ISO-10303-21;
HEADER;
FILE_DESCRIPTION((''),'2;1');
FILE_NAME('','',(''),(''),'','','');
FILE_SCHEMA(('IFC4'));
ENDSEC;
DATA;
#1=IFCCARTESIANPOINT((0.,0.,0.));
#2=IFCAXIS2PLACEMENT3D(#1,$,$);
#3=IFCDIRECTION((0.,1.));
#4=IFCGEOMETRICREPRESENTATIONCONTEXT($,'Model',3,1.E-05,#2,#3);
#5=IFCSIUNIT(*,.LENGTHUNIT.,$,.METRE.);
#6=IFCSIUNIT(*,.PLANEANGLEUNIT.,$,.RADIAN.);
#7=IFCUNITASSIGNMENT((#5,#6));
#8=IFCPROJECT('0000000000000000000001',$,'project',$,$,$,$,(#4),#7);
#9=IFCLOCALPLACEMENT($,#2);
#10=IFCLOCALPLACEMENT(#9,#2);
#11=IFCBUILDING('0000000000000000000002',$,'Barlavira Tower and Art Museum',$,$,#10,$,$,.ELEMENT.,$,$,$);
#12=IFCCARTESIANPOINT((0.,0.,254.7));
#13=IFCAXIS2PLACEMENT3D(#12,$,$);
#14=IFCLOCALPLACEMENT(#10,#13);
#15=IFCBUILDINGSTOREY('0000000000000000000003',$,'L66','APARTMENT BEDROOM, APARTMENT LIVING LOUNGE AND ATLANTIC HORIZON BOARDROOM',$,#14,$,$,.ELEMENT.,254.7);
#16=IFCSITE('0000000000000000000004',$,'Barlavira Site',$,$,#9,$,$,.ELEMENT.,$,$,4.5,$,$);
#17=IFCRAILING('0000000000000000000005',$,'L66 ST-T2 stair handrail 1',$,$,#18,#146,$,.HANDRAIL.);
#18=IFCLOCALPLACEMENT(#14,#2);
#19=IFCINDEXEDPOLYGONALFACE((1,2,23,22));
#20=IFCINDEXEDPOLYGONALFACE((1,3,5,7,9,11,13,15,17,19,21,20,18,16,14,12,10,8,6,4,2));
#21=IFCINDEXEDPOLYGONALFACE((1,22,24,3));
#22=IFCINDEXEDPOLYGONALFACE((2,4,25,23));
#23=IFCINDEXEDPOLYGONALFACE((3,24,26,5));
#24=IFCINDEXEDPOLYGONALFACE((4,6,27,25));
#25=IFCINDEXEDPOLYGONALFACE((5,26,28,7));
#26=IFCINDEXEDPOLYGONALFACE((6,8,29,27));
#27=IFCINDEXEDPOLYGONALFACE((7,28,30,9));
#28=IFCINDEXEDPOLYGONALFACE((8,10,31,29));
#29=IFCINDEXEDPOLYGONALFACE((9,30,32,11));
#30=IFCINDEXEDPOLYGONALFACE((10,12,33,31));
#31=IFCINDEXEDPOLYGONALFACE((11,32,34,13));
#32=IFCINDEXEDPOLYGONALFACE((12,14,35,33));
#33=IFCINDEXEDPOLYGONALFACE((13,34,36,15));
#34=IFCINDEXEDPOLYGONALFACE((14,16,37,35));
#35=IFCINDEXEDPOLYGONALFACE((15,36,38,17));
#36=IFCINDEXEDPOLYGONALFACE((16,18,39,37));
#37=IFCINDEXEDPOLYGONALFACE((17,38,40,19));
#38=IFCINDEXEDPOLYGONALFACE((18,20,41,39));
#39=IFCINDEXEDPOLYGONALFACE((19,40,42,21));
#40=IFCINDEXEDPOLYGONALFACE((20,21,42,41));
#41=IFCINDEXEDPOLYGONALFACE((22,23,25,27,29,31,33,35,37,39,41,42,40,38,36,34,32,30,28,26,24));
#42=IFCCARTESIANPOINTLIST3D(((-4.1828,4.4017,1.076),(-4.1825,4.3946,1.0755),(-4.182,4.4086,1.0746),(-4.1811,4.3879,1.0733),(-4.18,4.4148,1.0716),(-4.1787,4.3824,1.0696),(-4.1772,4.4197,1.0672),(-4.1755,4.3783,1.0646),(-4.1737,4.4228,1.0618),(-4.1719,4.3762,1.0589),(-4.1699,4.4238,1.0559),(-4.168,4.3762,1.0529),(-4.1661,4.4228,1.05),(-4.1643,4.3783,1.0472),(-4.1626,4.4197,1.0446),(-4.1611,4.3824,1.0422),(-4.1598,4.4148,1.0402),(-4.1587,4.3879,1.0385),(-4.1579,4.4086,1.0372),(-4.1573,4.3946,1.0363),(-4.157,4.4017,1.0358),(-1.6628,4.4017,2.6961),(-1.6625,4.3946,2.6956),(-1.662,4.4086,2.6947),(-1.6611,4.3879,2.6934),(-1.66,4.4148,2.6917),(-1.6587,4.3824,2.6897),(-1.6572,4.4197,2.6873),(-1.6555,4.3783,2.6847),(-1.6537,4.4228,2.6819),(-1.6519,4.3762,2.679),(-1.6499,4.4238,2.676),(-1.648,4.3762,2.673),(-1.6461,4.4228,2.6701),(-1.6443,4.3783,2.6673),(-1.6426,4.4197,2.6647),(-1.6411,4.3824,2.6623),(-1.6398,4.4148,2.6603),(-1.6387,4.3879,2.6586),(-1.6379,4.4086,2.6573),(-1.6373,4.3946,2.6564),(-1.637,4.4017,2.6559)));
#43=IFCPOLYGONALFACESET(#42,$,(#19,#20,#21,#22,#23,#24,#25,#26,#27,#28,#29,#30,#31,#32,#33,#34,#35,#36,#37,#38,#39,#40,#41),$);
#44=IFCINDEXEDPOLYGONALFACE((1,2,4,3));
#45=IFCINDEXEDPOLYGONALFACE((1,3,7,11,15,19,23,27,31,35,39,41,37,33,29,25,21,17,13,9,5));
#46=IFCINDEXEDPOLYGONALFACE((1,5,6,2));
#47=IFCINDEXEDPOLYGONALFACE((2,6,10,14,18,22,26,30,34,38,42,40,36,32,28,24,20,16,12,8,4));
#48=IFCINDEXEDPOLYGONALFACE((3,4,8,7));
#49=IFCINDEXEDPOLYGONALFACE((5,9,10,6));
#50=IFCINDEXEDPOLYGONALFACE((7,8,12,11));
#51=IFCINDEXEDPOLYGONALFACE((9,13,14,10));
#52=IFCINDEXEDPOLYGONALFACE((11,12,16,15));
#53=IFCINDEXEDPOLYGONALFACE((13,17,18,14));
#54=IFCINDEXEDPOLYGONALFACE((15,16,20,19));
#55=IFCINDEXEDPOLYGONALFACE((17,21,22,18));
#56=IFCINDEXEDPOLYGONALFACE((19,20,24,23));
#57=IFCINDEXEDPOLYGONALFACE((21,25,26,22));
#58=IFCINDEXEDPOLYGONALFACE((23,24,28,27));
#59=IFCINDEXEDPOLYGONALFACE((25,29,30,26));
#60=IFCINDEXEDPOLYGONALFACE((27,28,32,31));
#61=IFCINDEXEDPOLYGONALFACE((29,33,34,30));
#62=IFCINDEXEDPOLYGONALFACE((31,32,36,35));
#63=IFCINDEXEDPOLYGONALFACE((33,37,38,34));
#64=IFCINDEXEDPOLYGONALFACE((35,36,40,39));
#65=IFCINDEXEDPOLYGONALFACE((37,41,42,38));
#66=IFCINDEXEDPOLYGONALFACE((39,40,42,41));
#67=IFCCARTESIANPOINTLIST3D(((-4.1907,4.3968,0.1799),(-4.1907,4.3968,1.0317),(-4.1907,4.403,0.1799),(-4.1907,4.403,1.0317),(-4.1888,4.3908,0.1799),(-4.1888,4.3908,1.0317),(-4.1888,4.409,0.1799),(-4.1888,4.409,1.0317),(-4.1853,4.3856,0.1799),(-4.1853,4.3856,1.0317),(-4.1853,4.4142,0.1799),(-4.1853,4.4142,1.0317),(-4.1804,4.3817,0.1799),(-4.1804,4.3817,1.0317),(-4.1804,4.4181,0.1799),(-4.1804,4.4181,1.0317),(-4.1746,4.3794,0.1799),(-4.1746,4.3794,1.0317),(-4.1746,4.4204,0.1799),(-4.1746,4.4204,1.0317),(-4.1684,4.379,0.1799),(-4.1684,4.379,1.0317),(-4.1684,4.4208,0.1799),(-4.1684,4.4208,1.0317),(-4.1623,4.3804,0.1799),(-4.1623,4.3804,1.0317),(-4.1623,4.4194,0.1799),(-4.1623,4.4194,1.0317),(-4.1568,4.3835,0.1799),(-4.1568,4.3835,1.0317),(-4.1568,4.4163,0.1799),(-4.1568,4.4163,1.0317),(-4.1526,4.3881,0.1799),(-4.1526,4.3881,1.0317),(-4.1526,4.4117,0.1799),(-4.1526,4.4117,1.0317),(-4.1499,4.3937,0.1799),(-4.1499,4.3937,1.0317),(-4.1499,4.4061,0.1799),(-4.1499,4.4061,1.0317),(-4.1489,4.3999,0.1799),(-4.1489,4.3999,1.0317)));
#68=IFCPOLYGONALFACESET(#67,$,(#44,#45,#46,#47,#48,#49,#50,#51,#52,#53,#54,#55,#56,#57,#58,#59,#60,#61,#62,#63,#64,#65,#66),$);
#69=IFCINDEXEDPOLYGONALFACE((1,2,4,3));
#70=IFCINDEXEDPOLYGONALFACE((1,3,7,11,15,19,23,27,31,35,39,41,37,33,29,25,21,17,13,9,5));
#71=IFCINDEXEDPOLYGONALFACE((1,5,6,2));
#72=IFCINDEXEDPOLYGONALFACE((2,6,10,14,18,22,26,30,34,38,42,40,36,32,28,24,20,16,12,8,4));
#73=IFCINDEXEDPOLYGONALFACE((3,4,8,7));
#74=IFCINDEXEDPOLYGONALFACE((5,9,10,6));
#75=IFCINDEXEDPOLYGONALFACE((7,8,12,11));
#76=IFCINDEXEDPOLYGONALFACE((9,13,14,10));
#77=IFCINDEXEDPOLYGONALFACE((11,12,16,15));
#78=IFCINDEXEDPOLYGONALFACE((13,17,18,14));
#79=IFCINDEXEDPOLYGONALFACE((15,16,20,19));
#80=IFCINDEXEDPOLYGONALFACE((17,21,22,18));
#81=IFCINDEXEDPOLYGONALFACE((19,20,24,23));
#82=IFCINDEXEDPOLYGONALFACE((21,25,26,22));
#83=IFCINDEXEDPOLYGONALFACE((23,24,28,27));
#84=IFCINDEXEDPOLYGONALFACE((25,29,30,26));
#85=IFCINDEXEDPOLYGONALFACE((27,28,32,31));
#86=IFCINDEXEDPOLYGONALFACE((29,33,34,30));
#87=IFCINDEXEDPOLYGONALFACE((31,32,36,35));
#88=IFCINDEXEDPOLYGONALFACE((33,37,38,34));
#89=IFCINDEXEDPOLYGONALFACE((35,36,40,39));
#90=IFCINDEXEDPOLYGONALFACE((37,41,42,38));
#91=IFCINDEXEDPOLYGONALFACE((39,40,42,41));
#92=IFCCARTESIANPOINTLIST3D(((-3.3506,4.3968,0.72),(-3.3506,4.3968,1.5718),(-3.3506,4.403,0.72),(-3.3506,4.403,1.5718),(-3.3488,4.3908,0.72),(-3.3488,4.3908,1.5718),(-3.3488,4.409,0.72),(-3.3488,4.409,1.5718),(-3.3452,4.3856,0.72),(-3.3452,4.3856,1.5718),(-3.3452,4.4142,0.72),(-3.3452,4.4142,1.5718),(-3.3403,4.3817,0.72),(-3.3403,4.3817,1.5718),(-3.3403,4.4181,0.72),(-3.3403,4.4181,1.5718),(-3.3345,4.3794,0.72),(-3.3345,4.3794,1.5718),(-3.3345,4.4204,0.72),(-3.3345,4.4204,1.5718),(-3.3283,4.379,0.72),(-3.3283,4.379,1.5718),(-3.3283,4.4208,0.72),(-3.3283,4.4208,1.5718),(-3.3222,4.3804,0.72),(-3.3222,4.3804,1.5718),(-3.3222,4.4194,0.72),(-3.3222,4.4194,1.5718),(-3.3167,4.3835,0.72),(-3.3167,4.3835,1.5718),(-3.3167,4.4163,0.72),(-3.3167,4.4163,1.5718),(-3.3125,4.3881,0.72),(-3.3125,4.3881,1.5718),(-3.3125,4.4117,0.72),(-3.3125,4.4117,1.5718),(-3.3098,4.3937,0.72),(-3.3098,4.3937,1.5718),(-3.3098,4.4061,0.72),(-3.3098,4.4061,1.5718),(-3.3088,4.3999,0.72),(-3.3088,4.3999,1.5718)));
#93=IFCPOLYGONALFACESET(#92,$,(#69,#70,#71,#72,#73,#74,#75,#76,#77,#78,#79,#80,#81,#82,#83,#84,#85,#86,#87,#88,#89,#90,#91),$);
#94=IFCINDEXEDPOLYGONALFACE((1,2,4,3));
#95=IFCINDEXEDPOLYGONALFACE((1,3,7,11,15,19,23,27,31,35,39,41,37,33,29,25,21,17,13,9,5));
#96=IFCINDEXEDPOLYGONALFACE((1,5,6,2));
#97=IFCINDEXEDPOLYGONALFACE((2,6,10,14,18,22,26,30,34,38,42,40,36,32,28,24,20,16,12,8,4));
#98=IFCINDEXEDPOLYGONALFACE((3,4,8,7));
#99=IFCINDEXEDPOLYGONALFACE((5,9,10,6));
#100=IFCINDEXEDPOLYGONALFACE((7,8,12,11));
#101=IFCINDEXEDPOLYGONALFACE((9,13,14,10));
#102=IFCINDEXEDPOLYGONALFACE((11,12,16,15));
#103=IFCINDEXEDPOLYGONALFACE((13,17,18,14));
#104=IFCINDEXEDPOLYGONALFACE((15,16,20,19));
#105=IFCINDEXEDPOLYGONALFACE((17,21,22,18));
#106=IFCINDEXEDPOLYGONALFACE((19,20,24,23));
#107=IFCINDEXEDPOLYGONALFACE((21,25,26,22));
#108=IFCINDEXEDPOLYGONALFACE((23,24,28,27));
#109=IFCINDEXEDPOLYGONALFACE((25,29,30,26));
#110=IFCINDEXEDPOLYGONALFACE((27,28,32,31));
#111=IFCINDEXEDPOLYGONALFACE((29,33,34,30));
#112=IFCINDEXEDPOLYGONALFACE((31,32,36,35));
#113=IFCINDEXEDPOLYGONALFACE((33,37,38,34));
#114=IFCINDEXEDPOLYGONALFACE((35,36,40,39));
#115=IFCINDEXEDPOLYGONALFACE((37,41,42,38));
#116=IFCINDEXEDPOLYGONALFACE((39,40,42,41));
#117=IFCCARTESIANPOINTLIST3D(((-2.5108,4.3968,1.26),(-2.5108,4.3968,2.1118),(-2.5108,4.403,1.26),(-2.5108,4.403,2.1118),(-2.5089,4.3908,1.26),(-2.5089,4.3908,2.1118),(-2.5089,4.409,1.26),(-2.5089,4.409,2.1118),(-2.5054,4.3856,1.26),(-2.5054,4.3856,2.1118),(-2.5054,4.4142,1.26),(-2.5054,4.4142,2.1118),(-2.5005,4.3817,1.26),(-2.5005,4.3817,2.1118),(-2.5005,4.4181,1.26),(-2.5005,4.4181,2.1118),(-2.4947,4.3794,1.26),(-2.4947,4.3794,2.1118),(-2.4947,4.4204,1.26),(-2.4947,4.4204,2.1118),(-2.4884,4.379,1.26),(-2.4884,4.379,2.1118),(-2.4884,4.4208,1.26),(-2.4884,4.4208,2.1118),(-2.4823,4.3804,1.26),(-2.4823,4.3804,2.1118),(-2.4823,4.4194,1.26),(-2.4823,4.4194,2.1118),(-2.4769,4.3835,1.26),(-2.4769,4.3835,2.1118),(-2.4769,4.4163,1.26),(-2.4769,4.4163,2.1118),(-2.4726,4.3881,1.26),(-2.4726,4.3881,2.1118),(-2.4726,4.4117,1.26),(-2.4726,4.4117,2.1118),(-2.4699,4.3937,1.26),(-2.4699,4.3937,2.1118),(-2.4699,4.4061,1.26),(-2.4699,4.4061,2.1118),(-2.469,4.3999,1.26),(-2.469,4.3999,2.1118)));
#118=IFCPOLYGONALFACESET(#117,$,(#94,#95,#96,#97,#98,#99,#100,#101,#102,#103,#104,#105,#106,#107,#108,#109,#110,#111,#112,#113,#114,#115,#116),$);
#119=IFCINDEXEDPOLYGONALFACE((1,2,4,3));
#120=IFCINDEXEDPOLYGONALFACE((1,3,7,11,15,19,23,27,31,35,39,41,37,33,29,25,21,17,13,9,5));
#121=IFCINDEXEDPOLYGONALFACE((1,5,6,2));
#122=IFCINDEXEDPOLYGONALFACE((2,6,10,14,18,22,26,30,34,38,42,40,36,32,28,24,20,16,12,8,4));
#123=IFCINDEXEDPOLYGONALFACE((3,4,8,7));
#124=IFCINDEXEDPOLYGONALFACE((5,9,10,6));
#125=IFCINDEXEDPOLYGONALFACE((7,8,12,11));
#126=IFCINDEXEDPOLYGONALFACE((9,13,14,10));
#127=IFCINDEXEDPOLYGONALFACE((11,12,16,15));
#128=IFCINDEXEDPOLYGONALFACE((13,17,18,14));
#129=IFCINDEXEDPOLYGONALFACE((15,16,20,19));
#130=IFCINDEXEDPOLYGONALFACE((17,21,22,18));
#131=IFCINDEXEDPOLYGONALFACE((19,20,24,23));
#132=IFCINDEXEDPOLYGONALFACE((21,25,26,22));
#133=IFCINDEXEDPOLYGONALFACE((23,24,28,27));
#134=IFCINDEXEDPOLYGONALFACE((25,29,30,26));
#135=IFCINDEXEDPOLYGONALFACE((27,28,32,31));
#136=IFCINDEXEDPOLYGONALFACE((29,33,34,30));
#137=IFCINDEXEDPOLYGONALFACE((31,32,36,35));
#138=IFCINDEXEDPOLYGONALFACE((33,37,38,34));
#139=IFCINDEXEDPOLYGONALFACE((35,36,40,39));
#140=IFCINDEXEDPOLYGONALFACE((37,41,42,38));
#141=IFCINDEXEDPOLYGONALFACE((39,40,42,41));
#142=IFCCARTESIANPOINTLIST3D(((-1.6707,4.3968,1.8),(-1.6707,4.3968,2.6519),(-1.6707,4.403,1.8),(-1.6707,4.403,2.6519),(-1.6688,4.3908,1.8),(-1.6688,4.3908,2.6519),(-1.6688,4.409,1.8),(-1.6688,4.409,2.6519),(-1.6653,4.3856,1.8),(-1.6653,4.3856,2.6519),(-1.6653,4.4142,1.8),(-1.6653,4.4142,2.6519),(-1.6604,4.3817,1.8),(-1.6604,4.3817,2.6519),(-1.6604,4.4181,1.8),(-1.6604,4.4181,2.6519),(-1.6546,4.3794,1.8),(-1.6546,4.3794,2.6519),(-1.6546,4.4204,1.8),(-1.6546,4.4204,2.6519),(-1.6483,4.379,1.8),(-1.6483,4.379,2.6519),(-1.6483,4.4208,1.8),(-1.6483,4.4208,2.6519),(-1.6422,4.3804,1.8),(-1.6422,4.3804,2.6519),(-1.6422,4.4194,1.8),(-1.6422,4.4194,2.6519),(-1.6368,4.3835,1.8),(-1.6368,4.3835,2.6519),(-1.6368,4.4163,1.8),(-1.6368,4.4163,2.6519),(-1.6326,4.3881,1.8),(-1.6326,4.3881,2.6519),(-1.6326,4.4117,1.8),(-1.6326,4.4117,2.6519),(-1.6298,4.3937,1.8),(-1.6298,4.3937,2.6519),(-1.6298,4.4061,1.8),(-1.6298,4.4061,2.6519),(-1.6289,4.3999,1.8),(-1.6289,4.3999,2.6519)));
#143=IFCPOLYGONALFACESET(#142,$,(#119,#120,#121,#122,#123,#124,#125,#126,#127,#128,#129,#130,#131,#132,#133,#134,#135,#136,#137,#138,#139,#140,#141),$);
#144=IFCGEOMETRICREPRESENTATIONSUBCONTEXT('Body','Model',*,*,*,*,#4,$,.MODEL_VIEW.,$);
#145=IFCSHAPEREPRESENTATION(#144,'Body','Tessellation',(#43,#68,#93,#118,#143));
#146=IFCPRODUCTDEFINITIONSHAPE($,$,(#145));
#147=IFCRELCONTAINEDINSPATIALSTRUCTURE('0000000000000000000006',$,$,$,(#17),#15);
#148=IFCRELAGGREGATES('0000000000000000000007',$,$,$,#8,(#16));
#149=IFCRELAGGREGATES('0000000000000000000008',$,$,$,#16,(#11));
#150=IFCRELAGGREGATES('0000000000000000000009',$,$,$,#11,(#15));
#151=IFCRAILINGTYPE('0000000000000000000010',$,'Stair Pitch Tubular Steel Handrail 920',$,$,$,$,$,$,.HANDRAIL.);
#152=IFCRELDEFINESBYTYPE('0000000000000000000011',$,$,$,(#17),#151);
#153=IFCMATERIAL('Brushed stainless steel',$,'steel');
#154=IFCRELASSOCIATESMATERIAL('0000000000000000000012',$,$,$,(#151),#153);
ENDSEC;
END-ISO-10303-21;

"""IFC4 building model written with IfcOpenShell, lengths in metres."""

from ifc_helpers import new_model, si_unit, direction, frame, origin, origin_2d, place, context, subcontext, project, spatial, circle, extrude, material, type_object, element, save


model = new_model("IFC4")

# Units and contexts
model_context = context("Model", 3, precision=1e-05, world=origin(), true_north=direction((0.0, 1.0)))
body_context = subcontext(model_context, "Body", "Model", "MODEL_VIEW")
ifc_project = project(units=[si_unit("LENGTHUNIT", "METRE"), si_unit("PLANEANGLEUNIT", "RADIAN")], contexts=[model_context])

# Site, building, storey
site_placement = place(None, origin())
site = spatial("IfcSite", under=ifc_project, at=site_placement, Name="Barlavira Site", CompositionType="ELEMENT", RefElevation=4.5)
building_placement = place(site_placement, origin())
building = spatial("IfcBuilding", under=site, at=building_placement, Name="Barlavira Tower and Art Museum", CompositionType="ELEMENT")
storey_placement = place(building_placement, frame((0.0, 0.0, 254.7)))
storey = spatial("IfcBuildingStorey", under=building, at=storey_placement, Name="L66", Description="APARTMENT BEDROOM, APARTMENT LIVING LOUNGE AND ATLANTIC HORIZON BOARDROOM", CompositionType="ELEMENT", Elevation=254.7)

# Shared definitions
ifc_material_1 = material(Name="Brushed stainless steel", Category="steel")

# Railing
railing_type_1 = type_object("IfcRailingType", Name="Stair Pitch Tubular Steel Handrail 920", PredefinedType="HANDRAIL", material=ifc_material_1)
railing_1_placement = place(storey_placement, frame((-4.1699, 4.3999, 0.1799)))
element("IfcRailing", 1, at=railing_1_placement, inside=storey, type_object=railing_type_1, Name="L66 ST-T2 stair handrail 1", PredefinedType="HANDRAIL", context=body_context, shape_type="SweptSolid", body=[
    extrude(circle(Radius=0.0239, at=origin_2d()), frame((0.0, 0.0, 0.876), z_axis=(0.841163, 0.0, 0.540782), x_axis=(0.0, 1.0, 0.0)), (0.0, 0.0, 1.0), 2.9958),
    extrude(circle(Radius=0.021, at=origin_2d()), origin(), (0.0, 0.0, 1.0), 0.8518),
    extrude(circle(Radius=0.021, at=origin_2d()), frame((0.8401, 0.0, 0.54)), (0.0, 0.0, 1.0), 0.8518),
    extrude(circle(Radius=0.021, at=origin_2d()), frame((1.6799, 0.0, 1.0801)), (0.0, 0.0, 1.0), 0.8518),
    extrude(circle(Radius=0.021, at=origin_2d()), frame((2.52, 0.0, 1.6201)), (0.0, 0.0, 1.0), 0.8518),
])

save(model, "model.ifc")
